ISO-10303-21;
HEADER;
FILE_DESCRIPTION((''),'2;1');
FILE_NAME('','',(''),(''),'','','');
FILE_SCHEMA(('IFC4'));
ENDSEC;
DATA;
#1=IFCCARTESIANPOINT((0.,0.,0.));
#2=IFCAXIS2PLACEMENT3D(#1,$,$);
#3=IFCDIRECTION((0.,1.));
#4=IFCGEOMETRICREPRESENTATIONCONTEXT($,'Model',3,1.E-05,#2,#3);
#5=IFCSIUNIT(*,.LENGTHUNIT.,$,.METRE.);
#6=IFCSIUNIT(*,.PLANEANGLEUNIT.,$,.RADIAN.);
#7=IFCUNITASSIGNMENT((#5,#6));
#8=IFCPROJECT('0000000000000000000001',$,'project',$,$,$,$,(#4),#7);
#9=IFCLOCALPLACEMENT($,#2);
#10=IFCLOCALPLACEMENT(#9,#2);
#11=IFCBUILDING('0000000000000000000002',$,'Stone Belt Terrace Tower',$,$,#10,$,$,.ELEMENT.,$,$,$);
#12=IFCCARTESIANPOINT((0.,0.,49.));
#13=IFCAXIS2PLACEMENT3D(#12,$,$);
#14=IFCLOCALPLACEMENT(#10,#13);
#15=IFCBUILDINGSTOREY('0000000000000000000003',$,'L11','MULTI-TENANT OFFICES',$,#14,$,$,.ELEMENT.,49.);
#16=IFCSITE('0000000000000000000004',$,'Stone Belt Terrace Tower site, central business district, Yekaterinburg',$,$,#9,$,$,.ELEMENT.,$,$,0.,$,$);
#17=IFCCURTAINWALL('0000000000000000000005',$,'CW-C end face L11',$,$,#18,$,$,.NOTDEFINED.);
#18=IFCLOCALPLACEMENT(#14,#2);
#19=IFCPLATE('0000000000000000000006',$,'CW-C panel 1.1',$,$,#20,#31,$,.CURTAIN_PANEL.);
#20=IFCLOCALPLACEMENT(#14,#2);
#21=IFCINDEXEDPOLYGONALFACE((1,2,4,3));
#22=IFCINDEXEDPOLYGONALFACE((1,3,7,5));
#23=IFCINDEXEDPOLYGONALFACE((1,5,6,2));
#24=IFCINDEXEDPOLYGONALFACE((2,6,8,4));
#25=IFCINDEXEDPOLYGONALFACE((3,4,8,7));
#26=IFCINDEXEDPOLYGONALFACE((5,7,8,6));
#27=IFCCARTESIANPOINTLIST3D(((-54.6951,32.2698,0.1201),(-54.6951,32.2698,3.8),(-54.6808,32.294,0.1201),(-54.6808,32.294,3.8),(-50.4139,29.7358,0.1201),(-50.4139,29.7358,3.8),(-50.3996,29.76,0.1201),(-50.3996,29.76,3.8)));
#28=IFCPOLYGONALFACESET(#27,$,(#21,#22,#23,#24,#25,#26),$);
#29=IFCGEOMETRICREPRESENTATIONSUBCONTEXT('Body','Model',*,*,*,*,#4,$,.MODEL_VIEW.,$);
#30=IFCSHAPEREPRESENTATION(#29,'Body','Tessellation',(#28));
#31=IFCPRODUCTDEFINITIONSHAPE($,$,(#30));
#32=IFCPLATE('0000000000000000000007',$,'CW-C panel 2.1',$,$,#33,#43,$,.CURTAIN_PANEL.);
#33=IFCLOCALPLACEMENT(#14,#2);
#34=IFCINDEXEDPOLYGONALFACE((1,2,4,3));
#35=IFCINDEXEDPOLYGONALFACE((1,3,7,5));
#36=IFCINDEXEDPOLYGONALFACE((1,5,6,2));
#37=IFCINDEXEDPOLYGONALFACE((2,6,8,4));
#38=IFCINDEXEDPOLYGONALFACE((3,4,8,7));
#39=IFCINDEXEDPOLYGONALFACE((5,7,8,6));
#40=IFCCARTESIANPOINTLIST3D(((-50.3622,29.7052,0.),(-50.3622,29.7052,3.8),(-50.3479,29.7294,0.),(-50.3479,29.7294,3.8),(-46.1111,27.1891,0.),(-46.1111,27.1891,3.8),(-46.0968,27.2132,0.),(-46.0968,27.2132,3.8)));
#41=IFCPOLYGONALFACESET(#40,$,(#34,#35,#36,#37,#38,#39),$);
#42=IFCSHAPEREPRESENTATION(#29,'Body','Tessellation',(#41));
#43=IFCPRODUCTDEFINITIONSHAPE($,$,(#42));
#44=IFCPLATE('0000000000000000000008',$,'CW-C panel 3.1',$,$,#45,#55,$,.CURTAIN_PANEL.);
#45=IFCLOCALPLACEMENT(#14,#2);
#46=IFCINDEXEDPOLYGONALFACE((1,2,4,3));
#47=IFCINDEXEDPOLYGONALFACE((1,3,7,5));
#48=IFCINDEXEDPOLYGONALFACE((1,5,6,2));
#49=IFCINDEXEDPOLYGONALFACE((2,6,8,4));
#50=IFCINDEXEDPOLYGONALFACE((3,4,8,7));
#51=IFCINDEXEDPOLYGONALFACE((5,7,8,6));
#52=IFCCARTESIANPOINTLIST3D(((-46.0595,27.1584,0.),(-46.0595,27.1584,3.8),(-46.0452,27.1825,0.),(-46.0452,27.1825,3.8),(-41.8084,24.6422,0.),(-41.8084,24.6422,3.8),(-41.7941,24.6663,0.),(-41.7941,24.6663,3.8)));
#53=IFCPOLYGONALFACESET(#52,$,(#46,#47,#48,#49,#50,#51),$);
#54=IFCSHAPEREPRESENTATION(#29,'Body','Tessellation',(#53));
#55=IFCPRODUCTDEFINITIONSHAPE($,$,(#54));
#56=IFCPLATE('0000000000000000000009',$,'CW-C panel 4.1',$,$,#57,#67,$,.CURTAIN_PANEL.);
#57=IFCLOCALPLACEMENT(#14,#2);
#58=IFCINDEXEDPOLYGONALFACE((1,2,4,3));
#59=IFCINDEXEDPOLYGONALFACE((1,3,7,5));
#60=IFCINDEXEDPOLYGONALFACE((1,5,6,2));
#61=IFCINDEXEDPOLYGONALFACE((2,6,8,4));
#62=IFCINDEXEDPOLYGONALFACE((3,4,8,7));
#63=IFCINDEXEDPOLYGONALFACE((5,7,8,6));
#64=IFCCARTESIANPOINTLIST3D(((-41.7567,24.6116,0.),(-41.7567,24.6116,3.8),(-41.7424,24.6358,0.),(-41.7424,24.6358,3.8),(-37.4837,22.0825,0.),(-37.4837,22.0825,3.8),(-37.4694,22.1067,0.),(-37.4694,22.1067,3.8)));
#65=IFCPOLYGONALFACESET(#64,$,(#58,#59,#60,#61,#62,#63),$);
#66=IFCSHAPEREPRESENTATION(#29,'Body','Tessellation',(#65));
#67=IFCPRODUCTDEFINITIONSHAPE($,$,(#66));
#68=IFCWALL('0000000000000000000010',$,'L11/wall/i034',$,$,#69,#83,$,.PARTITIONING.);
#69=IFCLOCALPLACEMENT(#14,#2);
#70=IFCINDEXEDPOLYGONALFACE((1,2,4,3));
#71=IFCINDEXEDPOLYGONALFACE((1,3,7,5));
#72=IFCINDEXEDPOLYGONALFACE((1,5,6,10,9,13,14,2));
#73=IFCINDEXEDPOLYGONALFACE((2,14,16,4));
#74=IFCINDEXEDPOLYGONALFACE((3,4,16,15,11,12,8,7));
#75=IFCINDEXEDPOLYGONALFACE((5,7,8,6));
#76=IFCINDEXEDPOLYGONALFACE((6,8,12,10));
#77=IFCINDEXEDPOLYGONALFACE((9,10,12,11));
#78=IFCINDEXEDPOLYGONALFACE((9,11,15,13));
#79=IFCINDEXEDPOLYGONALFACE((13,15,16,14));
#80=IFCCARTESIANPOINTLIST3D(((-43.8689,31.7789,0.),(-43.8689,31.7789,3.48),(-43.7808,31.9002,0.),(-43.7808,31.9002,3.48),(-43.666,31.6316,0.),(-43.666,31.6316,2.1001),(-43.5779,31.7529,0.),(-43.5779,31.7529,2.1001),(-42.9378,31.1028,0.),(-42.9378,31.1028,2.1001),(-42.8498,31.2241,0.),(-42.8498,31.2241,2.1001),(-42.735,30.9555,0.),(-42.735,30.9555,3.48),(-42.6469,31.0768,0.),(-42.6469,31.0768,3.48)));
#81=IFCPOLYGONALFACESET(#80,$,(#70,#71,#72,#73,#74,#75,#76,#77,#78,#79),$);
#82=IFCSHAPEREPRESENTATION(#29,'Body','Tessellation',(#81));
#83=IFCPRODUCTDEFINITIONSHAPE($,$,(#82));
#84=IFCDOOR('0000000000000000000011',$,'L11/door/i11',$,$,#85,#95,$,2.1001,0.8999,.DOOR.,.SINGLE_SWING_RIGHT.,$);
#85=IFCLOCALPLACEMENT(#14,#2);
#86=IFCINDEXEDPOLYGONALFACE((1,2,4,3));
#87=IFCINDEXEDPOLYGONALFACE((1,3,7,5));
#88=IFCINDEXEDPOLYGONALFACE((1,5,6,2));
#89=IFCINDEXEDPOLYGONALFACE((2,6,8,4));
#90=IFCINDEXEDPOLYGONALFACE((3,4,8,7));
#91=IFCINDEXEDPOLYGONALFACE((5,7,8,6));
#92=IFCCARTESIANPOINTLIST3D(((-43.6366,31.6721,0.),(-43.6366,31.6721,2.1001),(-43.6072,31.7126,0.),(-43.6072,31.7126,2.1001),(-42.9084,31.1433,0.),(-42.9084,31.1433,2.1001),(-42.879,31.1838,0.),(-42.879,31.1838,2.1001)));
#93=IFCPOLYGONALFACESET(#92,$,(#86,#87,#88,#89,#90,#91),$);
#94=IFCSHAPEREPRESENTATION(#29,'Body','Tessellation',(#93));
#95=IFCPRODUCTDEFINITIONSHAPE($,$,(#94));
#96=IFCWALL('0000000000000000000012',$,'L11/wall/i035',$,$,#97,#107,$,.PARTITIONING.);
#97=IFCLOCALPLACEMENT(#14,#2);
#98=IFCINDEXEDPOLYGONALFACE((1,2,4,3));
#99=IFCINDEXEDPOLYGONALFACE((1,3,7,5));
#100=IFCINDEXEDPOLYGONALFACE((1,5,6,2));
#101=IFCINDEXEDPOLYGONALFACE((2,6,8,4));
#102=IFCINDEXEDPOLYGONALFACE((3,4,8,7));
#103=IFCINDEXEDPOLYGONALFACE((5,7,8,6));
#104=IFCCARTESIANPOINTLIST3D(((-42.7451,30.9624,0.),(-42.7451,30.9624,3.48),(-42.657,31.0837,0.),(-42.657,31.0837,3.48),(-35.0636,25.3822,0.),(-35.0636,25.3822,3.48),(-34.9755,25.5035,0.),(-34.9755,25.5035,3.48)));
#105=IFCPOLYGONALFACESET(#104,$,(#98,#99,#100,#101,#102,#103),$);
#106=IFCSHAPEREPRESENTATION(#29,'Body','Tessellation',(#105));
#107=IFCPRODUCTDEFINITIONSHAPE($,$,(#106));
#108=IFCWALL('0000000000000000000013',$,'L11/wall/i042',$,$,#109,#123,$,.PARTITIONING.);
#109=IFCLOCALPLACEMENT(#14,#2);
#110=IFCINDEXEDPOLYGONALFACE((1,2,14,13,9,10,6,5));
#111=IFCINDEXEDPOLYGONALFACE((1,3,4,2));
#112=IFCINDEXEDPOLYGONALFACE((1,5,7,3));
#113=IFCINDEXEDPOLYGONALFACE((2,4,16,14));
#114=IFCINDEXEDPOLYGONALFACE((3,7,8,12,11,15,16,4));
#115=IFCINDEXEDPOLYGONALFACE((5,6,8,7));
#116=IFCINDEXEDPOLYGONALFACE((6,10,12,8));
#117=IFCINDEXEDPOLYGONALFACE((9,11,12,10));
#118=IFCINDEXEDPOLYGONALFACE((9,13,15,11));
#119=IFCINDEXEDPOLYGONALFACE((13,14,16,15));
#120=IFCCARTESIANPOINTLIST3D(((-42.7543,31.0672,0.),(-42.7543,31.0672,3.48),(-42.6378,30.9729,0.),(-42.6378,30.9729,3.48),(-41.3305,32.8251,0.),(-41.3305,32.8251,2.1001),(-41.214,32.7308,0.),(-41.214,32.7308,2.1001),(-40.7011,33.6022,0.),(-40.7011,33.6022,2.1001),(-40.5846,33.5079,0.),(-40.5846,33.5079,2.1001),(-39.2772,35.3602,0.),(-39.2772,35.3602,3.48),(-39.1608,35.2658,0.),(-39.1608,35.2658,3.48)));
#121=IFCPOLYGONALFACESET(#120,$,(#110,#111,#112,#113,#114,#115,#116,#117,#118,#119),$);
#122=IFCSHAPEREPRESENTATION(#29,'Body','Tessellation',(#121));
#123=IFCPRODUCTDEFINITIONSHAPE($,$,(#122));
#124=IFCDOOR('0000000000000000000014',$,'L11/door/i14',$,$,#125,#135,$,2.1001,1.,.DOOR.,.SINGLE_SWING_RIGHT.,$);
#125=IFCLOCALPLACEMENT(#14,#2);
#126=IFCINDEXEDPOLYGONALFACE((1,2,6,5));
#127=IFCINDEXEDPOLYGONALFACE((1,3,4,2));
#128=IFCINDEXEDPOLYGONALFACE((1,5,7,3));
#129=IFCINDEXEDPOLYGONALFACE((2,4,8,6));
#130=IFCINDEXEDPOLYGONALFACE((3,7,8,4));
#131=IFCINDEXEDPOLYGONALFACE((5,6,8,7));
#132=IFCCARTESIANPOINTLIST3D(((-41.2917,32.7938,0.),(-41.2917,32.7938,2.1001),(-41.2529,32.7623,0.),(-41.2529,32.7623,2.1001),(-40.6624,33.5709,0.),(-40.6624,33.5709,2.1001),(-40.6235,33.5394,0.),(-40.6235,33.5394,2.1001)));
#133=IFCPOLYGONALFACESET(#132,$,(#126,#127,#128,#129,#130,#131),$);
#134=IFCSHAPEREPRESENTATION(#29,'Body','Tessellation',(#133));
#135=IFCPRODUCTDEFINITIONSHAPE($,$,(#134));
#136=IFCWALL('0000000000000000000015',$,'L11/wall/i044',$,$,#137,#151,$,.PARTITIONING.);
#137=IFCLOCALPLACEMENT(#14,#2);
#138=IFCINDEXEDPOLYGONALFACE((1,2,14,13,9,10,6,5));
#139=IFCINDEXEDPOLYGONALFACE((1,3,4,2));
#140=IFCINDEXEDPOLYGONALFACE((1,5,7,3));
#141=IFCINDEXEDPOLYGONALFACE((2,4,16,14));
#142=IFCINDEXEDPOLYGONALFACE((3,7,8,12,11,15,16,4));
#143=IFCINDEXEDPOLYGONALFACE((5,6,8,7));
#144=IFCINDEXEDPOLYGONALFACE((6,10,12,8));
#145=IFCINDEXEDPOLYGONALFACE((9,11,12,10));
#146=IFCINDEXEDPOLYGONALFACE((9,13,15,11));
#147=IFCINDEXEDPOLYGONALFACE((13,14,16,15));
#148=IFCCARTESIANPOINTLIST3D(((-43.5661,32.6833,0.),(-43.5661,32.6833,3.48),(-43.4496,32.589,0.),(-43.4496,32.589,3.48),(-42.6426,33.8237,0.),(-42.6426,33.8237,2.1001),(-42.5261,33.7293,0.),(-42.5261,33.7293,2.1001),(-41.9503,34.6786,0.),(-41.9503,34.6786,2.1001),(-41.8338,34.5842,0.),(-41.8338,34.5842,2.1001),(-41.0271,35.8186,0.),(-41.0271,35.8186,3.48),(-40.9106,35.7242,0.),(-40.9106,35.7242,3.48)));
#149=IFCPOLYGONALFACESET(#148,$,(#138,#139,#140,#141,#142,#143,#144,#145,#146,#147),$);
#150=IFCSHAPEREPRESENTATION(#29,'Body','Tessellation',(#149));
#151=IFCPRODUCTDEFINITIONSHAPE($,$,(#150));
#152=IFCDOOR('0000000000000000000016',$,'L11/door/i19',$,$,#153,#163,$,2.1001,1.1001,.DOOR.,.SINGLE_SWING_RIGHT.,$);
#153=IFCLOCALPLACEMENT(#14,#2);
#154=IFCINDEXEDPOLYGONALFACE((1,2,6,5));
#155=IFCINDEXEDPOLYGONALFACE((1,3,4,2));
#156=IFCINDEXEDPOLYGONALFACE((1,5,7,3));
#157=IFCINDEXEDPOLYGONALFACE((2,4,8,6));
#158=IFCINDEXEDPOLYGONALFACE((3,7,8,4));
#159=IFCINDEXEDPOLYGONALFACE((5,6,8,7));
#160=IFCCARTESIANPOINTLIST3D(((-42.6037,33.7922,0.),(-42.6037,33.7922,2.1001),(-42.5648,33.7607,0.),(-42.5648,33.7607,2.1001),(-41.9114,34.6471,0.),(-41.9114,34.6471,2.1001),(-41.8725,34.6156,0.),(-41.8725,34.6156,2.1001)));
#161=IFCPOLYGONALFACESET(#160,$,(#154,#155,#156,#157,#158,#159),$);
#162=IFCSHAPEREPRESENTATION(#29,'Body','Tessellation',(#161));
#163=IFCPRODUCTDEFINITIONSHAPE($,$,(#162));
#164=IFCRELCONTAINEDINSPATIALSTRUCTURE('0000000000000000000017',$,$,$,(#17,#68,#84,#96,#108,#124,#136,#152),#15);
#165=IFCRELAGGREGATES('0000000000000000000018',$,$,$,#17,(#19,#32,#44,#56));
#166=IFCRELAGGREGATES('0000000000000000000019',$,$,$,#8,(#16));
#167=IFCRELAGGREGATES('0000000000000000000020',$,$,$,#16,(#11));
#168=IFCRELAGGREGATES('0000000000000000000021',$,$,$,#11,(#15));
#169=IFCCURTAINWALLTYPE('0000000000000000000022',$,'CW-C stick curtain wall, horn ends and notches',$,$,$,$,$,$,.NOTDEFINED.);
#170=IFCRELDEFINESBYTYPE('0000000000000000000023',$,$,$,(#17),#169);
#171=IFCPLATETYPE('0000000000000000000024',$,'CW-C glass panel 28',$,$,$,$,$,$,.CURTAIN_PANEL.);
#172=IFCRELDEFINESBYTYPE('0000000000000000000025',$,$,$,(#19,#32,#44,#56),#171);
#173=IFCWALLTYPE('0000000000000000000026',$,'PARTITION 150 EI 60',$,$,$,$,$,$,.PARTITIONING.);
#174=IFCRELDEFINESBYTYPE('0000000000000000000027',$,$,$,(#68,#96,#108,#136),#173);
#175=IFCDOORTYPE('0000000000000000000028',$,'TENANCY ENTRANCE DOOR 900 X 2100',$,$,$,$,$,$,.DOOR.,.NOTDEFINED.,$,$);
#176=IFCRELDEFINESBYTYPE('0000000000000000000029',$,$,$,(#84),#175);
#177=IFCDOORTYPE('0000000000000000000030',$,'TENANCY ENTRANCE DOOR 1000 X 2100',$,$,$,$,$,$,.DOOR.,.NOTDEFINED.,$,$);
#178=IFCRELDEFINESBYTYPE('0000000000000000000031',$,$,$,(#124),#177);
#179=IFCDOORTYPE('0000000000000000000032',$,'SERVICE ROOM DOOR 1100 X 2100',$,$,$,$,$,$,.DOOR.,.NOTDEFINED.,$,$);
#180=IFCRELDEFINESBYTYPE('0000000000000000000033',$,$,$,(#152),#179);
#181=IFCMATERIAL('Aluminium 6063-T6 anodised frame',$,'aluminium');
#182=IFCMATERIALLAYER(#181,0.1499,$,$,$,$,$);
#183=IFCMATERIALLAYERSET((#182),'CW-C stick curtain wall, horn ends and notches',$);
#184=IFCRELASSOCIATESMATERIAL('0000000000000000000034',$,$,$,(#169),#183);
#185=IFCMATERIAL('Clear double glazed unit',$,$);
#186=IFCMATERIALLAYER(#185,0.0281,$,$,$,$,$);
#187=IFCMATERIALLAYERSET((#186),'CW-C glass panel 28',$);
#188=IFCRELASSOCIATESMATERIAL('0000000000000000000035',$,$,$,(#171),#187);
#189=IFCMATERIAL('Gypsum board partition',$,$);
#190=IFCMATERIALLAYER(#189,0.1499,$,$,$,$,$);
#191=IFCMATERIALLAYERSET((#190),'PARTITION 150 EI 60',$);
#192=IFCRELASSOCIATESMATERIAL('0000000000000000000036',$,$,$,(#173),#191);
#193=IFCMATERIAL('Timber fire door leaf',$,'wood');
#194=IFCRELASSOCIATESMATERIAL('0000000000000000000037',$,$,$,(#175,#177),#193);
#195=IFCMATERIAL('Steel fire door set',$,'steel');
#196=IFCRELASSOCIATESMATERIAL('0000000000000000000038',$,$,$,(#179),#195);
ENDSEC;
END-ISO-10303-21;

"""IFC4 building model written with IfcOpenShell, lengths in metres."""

from ifc_helpers import new_model, si_unit, direction, frame, frame_2d, origin, origin_2d, place, context, subcontext, project, spatial, rectangle, extrude, material, layer, layer_set, type_object, element, fill, aggregate, save


model = new_model("IFC4")

# Units and contexts
model_context = context("Model", 3, precision=1e-05, world=origin(), true_north=direction((0.0, 1.0)))
body_context = subcontext(model_context, "Body", "Model", "MODEL_VIEW")
ifc_project = project(units=[si_unit("LENGTHUNIT", "METRE"), si_unit("PLANEANGLEUNIT", "RADIAN")], contexts=[model_context])

# Site, building, storey
site_placement = place(None, origin())
site = spatial("IfcSite", under=ifc_project, at=site_placement, Name="Stone Belt Terrace Tower site, central business district, Yekaterinburg", CompositionType="ELEMENT", RefElevation=0.0)
building_placement = place(site_placement, origin())
building = spatial("IfcBuilding", under=site, at=building_placement, Name="Stone Belt Terrace Tower", CompositionType="ELEMENT")
storey_placement = place(building_placement, frame((0.0, 0.0, 49.0)))
storey = spatial("IfcBuildingStorey", under=building, at=storey_placement, Name="L11", Description="MULTI-TENANT OFFICES", CompositionType="ELEMENT", Elevation=49.0)

# Shared definitions
ifc_material_1 = material(Name="Aluminium 6063-T6 anodised frame", Category="aluminium")

# Curtain wall
ifc_layer_1 = layer(ifc_material_1, 0.1499)
ifc_layer_set_1 = layer_set([ifc_layer_1], Name="CW-C stick curtain wall, horn ends and notches")
curtain_wall_type_1 = type_object("IfcCurtainWallType", Name="CW-C stick curtain wall, horn ends and notches", PredefinedType="NOTDEFINED", material=ifc_layer_set_1)
curtain_wall_1_placement = place(storey_placement, origin())
curtain_wall_1 = element("IfcCurtainWall", 1, at=curtain_wall_1_placement, inside=storey, type_object=curtain_wall_type_1, Name="CW-C end face L11", PredefinedType="NOTDEFINED")

# Shared definitions
ifc_material_2 = material(Name="Clear double glazed unit")
ifc_layer_2 = layer(ifc_material_2, 0.0281)
ifc_layer_set_2 = layer_set([ifc_layer_2], Name="CW-C glass panel 28")
plate_type = type_object("IfcPlateType", Name="CW-C glass panel 28", PredefinedType="CURTAIN_PANEL", material=ifc_layer_set_2)

# Plates
plate_1_placement = place(storey_placement, frame((-52.5474, 31.0149, 0.1201), z_axis=(0.0, 0.0, 1.0), x_axis=(0.860558, -0.509353, 0.0)))
plate_1 = element("IfcPlate", 2, at=plate_1_placement, type_object=plate_type, Name="CW-C panel 1.1", PredefinedType="CURTAIN_PANEL", context=body_context, shape_type="SweptSolid", body=[
    extrude(rectangle(XDim=4.9749, YDim=0.0281, at=origin_2d()), origin(), (0.0, 0.0, 1.0), 3.6799),
])
plate_2_placement = place(storey_placement, frame((-48.2295, 28.4592, 0.0), z_axis=(0.0, 0.0, 1.0), x_axis=(0.860558, -0.509353, 0.0)))
plate_2 = element("IfcPlate", 3, at=plate_2_placement, type_object=plate_type, Name="CW-C panel 2.1", PredefinedType="CURTAIN_PANEL", context=body_context, shape_type="SweptSolid", body=[
    extrude(rectangle(XDim=4.9399, YDim=0.0281, at=origin_2d()), origin(), (0.0, 0.0, 1.0), 3.8),
])
plate_3_placement = place(storey_placement, frame((-43.9268, 25.9124, 0.0), z_axis=(0.0, 0.0, 1.0), x_axis=(0.860558, -0.509353, 0.0)))
plate_3 = element("IfcPlate", 4, at=plate_3_placement, type_object=plate_type, Name="CW-C panel 3.1", PredefinedType="CURTAIN_PANEL", context=body_context, shape_type="SweptSolid", body=[
    extrude(rectangle(XDim=4.9399, YDim=0.0281, at=origin_2d()), origin(), (0.0, 0.0, 1.0), 3.8),
])
plate_4_placement = place(storey_placement, frame((-39.613, 23.3591, 0.0), z_axis=(0.0, 0.0, 1.0), x_axis=(0.860558, -0.509353, 0.0)))
plate_4 = element("IfcPlate", 5, at=plate_4_placement, type_object=plate_type, Name="CW-C panel 4.1", PredefinedType="CURTAIN_PANEL", context=body_context, shape_type="SweptSolid", body=[
    extrude(rectangle(XDim=4.9653, YDim=0.0281, at=origin_2d()), origin(), (0.0, 0.0, 1.0), 3.8),
])
aggregate(curtain_wall_1, [plate_1, plate_2, plate_3, plate_4])

# Wall, opening, door
ifc_material_3 = material(Name="Gypsum board partition")
ifc_layer_3 = layer(ifc_material_3, 0.1499)
ifc_layer_set_3 = layer_set([ifc_layer_3], Name="PARTITION 150 EI 60")
wall_type = type_object("IfcWallType", Name="PARTITION 150 EI 60", PredefinedType="PARTITIONING", material=ifc_layer_set_3)
wall_1_placement = place(storey_placement, frame((-42.6909, 31.0161, 0.0), z_axis=(0.0, 0.0, 1.0), x_axis=(-0.809165, 0.587581, 0.0)))
wall_1 = element("IfcWall", 6, at=wall_1_placement, inside=storey, type_object=wall_type, Name="L11/wall/i034", PredefinedType="PARTITIONING", context=body_context, shape_type="SweptSolid", body=[
    extrude(rectangle(XDim=1.4014, YDim=0.1499, at=frame_2d((0.7007, 0.0))), origin(), (0.0, 0.0, 1.0), 3.48),
])
opening_1_placement = place(wall_1_placement, frame((0.2507, 0.0, 0.0)))
opening_1 = element("IfcOpeningElement", 7, at=opening_1_placement, cuts=wall_1, PredefinedType="OPENING", context=body_context, shape_type="SweptSolid", body=[
    extrude(rectangle(XDim=0.8999, YDim=2.1001, at=frame_2d((0.45, 1.05))), frame((0.0, 0.085, 0.0), z_axis=(0.0, -1.0, 0.0), x_axis=(1.0, 0.0, 0.0)), (0.0, 0.0, 1.0), 0.1699),
])
ifc_material_4 = material(Name="Timber fire door leaf", Category="wood")
door_type_1 = type_object("IfcDoorType", Name="TENANCY ENTRANCE DOOR 900 X 2100", OperationType="NOTDEFINED", PredefinedType="DOOR", material=ifc_material_4)
door_1_placement = place(opening_1_placement, origin())
door_1 = element("IfcDoor", 8, at=door_1_placement, inside=storey, type_object=door_type_1, Name="L11/door/i11", OperationType="SINGLE_SWING_RIGHT", OverallHeight=2.1001, OverallWidth=0.8999, PredefinedType="DOOR", context=body_context, shape_type="SweptSolid", body=[
    extrude(rectangle(XDim=0.8999, YDim=2.1001, at=frame_2d((0.45, 1.05))), frame((0.0, 0.0249, 0.0), z_axis=(0.0, -1.0, 0.0), x_axis=(1.0, 0.0, 0.0)), (0.0, 0.0, 1.0), 0.05),
])
fill(opening_1, door_1)

# Wall
wall_2_placement = place(storey_placement, frame((-42.7009, 31.0229, 0.0), z_axis=(0.0, 0.0, 1.0), x_axis=(0.809056, -0.587731, 0.0)))
element("IfcWall", 9, at=wall_2_placement, inside=storey, type_object=wall_type, Name="L11/wall/i035", PredefinedType="PARTITIONING", context=body_context, shape_type="SweptSolid", body=[
    extrude(rectangle(XDim=9.4944, YDim=0.1499, at=frame_2d((4.7471, 0.0))), origin(), (0.0, 0.0, 1.0), 3.48),
])

# Walls, openings, doors
wall_3_placement = place(storey_placement, frame((-39.219, 35.313, 0.0), z_axis=(0.0, 0.0, 1.0), x_axis=(-0.629394, -0.777086, 0.0)))
wall_3 = element("IfcWall", 10, at=wall_3_placement, inside=storey, type_object=wall_type, Name="L11/wall/i042", PredefinedType="PARTITIONING", context=body_context, shape_type="SweptSolid", body=[
    extrude(rectangle(XDim=5.5244, YDim=0.1499, at=frame_2d((2.7622, 0.0))), origin(), (0.0, 0.0, 1.0), 3.48),
])
opening_2_placement = place(wall_3_placement, frame((2.2622, 0.0, 0.0)))
opening_2 = element("IfcOpeningElement", 11, at=opening_2_placement, cuts=wall_3, PredefinedType="OPENING", context=body_context, shape_type="SweptSolid", body=[
    extrude(rectangle(XDim=1.0, YDim=2.1001, at=frame_2d((0.5, 1.05))), frame((0.0, 0.085, 0.0), z_axis=(0.0, -1.0, 0.0), x_axis=(1.0, 0.0, 0.0)), (0.0, 0.0, 1.0), 0.1699),
])
door_type_2 = type_object("IfcDoorType", Name="TENANCY ENTRANCE DOOR 1000 X 2100", OperationType="NOTDEFINED", PredefinedType="DOOR", material=ifc_material_4)
door_2_placement = place(opening_2_placement, origin())
door_2 = element("IfcDoor", 12, at=door_2_placement, inside=storey, type_object=door_type_2, Name="L11/door/i14", OperationType="SINGLE_SWING_RIGHT", OverallHeight=2.1001, OverallWidth=1.0, PredefinedType="DOOR", context=body_context, shape_type="SweptSolid", body=[
    extrude(rectangle(XDim=1.0, YDim=2.1001, at=frame_2d((0.5, 1.05))), frame((0.0, 0.0249, 0.0), z_axis=(0.0, -1.0, 0.0), x_axis=(1.0, 0.0, 0.0)), (0.0, 0.0, 1.0), 0.05),
])
fill(opening_2, door_2)
wall_4_placement = place(storey_placement, frame((-43.5078, 32.6362, 0.0), z_axis=(0.0, 0.0, 1.0), x_axis=(0.629348, 0.777124, 0.0)))
wall_4 = element("IfcWall", 13, at=wall_4_placement, inside=storey, type_object=wall_type, Name="L11/wall/i044", PredefinedType="PARTITIONING", context=body_context, shape_type="SweptSolid", body=[
    extrude(rectangle(XDim=4.0344, YDim=0.1499, at=frame_2d((2.0171, 0.0))), origin(), (0.0, 0.0, 1.0), 3.48),
])
opening_3_placement = place(wall_4_placement, frame((1.4673, 0.0, 0.0)))
opening_3 = element("IfcOpeningElement", 14, at=opening_3_placement, cuts=wall_4, PredefinedType="OPENING", context=body_context, shape_type="SweptSolid", body=[
    extrude(rectangle(XDim=1.1001, YDim=2.1001, at=frame_2d((0.55, 1.05))), frame((0.0, 0.085, 0.0), z_axis=(0.0, -1.0, 0.0), x_axis=(1.0, 0.0, 0.0)), (0.0, 0.0, 1.0), 0.1699),
])
ifc_material_5 = material(Name="Steel fire door set", Category="steel")
door_type_3 = type_object("IfcDoorType", Name="SERVICE ROOM DOOR 1100 X 2100", OperationType="NOTDEFINED", PredefinedType="DOOR", material=ifc_material_5)
door_3_placement = place(opening_3_placement, origin())
door_3 = element("IfcDoor", 15, at=door_3_placement, inside=storey, type_object=door_type_3, Name="L11/door/i19", OperationType="SINGLE_SWING_RIGHT", OverallHeight=2.1001, OverallWidth=1.1001, PredefinedType="DOOR", context=body_context, shape_type="SweptSolid", body=[
    extrude(rectangle(XDim=1.1001, YDim=2.1001, at=frame_2d((0.55, 1.05))), frame((0.0, 0.0249, 0.0), z_axis=(0.0, -1.0, 0.0), x_axis=(1.0, 0.0, 0.0)), (0.0, 0.0, 1.0), 0.05),
])
fill(opening_3, door_3)

save(model, "model.ifc")
